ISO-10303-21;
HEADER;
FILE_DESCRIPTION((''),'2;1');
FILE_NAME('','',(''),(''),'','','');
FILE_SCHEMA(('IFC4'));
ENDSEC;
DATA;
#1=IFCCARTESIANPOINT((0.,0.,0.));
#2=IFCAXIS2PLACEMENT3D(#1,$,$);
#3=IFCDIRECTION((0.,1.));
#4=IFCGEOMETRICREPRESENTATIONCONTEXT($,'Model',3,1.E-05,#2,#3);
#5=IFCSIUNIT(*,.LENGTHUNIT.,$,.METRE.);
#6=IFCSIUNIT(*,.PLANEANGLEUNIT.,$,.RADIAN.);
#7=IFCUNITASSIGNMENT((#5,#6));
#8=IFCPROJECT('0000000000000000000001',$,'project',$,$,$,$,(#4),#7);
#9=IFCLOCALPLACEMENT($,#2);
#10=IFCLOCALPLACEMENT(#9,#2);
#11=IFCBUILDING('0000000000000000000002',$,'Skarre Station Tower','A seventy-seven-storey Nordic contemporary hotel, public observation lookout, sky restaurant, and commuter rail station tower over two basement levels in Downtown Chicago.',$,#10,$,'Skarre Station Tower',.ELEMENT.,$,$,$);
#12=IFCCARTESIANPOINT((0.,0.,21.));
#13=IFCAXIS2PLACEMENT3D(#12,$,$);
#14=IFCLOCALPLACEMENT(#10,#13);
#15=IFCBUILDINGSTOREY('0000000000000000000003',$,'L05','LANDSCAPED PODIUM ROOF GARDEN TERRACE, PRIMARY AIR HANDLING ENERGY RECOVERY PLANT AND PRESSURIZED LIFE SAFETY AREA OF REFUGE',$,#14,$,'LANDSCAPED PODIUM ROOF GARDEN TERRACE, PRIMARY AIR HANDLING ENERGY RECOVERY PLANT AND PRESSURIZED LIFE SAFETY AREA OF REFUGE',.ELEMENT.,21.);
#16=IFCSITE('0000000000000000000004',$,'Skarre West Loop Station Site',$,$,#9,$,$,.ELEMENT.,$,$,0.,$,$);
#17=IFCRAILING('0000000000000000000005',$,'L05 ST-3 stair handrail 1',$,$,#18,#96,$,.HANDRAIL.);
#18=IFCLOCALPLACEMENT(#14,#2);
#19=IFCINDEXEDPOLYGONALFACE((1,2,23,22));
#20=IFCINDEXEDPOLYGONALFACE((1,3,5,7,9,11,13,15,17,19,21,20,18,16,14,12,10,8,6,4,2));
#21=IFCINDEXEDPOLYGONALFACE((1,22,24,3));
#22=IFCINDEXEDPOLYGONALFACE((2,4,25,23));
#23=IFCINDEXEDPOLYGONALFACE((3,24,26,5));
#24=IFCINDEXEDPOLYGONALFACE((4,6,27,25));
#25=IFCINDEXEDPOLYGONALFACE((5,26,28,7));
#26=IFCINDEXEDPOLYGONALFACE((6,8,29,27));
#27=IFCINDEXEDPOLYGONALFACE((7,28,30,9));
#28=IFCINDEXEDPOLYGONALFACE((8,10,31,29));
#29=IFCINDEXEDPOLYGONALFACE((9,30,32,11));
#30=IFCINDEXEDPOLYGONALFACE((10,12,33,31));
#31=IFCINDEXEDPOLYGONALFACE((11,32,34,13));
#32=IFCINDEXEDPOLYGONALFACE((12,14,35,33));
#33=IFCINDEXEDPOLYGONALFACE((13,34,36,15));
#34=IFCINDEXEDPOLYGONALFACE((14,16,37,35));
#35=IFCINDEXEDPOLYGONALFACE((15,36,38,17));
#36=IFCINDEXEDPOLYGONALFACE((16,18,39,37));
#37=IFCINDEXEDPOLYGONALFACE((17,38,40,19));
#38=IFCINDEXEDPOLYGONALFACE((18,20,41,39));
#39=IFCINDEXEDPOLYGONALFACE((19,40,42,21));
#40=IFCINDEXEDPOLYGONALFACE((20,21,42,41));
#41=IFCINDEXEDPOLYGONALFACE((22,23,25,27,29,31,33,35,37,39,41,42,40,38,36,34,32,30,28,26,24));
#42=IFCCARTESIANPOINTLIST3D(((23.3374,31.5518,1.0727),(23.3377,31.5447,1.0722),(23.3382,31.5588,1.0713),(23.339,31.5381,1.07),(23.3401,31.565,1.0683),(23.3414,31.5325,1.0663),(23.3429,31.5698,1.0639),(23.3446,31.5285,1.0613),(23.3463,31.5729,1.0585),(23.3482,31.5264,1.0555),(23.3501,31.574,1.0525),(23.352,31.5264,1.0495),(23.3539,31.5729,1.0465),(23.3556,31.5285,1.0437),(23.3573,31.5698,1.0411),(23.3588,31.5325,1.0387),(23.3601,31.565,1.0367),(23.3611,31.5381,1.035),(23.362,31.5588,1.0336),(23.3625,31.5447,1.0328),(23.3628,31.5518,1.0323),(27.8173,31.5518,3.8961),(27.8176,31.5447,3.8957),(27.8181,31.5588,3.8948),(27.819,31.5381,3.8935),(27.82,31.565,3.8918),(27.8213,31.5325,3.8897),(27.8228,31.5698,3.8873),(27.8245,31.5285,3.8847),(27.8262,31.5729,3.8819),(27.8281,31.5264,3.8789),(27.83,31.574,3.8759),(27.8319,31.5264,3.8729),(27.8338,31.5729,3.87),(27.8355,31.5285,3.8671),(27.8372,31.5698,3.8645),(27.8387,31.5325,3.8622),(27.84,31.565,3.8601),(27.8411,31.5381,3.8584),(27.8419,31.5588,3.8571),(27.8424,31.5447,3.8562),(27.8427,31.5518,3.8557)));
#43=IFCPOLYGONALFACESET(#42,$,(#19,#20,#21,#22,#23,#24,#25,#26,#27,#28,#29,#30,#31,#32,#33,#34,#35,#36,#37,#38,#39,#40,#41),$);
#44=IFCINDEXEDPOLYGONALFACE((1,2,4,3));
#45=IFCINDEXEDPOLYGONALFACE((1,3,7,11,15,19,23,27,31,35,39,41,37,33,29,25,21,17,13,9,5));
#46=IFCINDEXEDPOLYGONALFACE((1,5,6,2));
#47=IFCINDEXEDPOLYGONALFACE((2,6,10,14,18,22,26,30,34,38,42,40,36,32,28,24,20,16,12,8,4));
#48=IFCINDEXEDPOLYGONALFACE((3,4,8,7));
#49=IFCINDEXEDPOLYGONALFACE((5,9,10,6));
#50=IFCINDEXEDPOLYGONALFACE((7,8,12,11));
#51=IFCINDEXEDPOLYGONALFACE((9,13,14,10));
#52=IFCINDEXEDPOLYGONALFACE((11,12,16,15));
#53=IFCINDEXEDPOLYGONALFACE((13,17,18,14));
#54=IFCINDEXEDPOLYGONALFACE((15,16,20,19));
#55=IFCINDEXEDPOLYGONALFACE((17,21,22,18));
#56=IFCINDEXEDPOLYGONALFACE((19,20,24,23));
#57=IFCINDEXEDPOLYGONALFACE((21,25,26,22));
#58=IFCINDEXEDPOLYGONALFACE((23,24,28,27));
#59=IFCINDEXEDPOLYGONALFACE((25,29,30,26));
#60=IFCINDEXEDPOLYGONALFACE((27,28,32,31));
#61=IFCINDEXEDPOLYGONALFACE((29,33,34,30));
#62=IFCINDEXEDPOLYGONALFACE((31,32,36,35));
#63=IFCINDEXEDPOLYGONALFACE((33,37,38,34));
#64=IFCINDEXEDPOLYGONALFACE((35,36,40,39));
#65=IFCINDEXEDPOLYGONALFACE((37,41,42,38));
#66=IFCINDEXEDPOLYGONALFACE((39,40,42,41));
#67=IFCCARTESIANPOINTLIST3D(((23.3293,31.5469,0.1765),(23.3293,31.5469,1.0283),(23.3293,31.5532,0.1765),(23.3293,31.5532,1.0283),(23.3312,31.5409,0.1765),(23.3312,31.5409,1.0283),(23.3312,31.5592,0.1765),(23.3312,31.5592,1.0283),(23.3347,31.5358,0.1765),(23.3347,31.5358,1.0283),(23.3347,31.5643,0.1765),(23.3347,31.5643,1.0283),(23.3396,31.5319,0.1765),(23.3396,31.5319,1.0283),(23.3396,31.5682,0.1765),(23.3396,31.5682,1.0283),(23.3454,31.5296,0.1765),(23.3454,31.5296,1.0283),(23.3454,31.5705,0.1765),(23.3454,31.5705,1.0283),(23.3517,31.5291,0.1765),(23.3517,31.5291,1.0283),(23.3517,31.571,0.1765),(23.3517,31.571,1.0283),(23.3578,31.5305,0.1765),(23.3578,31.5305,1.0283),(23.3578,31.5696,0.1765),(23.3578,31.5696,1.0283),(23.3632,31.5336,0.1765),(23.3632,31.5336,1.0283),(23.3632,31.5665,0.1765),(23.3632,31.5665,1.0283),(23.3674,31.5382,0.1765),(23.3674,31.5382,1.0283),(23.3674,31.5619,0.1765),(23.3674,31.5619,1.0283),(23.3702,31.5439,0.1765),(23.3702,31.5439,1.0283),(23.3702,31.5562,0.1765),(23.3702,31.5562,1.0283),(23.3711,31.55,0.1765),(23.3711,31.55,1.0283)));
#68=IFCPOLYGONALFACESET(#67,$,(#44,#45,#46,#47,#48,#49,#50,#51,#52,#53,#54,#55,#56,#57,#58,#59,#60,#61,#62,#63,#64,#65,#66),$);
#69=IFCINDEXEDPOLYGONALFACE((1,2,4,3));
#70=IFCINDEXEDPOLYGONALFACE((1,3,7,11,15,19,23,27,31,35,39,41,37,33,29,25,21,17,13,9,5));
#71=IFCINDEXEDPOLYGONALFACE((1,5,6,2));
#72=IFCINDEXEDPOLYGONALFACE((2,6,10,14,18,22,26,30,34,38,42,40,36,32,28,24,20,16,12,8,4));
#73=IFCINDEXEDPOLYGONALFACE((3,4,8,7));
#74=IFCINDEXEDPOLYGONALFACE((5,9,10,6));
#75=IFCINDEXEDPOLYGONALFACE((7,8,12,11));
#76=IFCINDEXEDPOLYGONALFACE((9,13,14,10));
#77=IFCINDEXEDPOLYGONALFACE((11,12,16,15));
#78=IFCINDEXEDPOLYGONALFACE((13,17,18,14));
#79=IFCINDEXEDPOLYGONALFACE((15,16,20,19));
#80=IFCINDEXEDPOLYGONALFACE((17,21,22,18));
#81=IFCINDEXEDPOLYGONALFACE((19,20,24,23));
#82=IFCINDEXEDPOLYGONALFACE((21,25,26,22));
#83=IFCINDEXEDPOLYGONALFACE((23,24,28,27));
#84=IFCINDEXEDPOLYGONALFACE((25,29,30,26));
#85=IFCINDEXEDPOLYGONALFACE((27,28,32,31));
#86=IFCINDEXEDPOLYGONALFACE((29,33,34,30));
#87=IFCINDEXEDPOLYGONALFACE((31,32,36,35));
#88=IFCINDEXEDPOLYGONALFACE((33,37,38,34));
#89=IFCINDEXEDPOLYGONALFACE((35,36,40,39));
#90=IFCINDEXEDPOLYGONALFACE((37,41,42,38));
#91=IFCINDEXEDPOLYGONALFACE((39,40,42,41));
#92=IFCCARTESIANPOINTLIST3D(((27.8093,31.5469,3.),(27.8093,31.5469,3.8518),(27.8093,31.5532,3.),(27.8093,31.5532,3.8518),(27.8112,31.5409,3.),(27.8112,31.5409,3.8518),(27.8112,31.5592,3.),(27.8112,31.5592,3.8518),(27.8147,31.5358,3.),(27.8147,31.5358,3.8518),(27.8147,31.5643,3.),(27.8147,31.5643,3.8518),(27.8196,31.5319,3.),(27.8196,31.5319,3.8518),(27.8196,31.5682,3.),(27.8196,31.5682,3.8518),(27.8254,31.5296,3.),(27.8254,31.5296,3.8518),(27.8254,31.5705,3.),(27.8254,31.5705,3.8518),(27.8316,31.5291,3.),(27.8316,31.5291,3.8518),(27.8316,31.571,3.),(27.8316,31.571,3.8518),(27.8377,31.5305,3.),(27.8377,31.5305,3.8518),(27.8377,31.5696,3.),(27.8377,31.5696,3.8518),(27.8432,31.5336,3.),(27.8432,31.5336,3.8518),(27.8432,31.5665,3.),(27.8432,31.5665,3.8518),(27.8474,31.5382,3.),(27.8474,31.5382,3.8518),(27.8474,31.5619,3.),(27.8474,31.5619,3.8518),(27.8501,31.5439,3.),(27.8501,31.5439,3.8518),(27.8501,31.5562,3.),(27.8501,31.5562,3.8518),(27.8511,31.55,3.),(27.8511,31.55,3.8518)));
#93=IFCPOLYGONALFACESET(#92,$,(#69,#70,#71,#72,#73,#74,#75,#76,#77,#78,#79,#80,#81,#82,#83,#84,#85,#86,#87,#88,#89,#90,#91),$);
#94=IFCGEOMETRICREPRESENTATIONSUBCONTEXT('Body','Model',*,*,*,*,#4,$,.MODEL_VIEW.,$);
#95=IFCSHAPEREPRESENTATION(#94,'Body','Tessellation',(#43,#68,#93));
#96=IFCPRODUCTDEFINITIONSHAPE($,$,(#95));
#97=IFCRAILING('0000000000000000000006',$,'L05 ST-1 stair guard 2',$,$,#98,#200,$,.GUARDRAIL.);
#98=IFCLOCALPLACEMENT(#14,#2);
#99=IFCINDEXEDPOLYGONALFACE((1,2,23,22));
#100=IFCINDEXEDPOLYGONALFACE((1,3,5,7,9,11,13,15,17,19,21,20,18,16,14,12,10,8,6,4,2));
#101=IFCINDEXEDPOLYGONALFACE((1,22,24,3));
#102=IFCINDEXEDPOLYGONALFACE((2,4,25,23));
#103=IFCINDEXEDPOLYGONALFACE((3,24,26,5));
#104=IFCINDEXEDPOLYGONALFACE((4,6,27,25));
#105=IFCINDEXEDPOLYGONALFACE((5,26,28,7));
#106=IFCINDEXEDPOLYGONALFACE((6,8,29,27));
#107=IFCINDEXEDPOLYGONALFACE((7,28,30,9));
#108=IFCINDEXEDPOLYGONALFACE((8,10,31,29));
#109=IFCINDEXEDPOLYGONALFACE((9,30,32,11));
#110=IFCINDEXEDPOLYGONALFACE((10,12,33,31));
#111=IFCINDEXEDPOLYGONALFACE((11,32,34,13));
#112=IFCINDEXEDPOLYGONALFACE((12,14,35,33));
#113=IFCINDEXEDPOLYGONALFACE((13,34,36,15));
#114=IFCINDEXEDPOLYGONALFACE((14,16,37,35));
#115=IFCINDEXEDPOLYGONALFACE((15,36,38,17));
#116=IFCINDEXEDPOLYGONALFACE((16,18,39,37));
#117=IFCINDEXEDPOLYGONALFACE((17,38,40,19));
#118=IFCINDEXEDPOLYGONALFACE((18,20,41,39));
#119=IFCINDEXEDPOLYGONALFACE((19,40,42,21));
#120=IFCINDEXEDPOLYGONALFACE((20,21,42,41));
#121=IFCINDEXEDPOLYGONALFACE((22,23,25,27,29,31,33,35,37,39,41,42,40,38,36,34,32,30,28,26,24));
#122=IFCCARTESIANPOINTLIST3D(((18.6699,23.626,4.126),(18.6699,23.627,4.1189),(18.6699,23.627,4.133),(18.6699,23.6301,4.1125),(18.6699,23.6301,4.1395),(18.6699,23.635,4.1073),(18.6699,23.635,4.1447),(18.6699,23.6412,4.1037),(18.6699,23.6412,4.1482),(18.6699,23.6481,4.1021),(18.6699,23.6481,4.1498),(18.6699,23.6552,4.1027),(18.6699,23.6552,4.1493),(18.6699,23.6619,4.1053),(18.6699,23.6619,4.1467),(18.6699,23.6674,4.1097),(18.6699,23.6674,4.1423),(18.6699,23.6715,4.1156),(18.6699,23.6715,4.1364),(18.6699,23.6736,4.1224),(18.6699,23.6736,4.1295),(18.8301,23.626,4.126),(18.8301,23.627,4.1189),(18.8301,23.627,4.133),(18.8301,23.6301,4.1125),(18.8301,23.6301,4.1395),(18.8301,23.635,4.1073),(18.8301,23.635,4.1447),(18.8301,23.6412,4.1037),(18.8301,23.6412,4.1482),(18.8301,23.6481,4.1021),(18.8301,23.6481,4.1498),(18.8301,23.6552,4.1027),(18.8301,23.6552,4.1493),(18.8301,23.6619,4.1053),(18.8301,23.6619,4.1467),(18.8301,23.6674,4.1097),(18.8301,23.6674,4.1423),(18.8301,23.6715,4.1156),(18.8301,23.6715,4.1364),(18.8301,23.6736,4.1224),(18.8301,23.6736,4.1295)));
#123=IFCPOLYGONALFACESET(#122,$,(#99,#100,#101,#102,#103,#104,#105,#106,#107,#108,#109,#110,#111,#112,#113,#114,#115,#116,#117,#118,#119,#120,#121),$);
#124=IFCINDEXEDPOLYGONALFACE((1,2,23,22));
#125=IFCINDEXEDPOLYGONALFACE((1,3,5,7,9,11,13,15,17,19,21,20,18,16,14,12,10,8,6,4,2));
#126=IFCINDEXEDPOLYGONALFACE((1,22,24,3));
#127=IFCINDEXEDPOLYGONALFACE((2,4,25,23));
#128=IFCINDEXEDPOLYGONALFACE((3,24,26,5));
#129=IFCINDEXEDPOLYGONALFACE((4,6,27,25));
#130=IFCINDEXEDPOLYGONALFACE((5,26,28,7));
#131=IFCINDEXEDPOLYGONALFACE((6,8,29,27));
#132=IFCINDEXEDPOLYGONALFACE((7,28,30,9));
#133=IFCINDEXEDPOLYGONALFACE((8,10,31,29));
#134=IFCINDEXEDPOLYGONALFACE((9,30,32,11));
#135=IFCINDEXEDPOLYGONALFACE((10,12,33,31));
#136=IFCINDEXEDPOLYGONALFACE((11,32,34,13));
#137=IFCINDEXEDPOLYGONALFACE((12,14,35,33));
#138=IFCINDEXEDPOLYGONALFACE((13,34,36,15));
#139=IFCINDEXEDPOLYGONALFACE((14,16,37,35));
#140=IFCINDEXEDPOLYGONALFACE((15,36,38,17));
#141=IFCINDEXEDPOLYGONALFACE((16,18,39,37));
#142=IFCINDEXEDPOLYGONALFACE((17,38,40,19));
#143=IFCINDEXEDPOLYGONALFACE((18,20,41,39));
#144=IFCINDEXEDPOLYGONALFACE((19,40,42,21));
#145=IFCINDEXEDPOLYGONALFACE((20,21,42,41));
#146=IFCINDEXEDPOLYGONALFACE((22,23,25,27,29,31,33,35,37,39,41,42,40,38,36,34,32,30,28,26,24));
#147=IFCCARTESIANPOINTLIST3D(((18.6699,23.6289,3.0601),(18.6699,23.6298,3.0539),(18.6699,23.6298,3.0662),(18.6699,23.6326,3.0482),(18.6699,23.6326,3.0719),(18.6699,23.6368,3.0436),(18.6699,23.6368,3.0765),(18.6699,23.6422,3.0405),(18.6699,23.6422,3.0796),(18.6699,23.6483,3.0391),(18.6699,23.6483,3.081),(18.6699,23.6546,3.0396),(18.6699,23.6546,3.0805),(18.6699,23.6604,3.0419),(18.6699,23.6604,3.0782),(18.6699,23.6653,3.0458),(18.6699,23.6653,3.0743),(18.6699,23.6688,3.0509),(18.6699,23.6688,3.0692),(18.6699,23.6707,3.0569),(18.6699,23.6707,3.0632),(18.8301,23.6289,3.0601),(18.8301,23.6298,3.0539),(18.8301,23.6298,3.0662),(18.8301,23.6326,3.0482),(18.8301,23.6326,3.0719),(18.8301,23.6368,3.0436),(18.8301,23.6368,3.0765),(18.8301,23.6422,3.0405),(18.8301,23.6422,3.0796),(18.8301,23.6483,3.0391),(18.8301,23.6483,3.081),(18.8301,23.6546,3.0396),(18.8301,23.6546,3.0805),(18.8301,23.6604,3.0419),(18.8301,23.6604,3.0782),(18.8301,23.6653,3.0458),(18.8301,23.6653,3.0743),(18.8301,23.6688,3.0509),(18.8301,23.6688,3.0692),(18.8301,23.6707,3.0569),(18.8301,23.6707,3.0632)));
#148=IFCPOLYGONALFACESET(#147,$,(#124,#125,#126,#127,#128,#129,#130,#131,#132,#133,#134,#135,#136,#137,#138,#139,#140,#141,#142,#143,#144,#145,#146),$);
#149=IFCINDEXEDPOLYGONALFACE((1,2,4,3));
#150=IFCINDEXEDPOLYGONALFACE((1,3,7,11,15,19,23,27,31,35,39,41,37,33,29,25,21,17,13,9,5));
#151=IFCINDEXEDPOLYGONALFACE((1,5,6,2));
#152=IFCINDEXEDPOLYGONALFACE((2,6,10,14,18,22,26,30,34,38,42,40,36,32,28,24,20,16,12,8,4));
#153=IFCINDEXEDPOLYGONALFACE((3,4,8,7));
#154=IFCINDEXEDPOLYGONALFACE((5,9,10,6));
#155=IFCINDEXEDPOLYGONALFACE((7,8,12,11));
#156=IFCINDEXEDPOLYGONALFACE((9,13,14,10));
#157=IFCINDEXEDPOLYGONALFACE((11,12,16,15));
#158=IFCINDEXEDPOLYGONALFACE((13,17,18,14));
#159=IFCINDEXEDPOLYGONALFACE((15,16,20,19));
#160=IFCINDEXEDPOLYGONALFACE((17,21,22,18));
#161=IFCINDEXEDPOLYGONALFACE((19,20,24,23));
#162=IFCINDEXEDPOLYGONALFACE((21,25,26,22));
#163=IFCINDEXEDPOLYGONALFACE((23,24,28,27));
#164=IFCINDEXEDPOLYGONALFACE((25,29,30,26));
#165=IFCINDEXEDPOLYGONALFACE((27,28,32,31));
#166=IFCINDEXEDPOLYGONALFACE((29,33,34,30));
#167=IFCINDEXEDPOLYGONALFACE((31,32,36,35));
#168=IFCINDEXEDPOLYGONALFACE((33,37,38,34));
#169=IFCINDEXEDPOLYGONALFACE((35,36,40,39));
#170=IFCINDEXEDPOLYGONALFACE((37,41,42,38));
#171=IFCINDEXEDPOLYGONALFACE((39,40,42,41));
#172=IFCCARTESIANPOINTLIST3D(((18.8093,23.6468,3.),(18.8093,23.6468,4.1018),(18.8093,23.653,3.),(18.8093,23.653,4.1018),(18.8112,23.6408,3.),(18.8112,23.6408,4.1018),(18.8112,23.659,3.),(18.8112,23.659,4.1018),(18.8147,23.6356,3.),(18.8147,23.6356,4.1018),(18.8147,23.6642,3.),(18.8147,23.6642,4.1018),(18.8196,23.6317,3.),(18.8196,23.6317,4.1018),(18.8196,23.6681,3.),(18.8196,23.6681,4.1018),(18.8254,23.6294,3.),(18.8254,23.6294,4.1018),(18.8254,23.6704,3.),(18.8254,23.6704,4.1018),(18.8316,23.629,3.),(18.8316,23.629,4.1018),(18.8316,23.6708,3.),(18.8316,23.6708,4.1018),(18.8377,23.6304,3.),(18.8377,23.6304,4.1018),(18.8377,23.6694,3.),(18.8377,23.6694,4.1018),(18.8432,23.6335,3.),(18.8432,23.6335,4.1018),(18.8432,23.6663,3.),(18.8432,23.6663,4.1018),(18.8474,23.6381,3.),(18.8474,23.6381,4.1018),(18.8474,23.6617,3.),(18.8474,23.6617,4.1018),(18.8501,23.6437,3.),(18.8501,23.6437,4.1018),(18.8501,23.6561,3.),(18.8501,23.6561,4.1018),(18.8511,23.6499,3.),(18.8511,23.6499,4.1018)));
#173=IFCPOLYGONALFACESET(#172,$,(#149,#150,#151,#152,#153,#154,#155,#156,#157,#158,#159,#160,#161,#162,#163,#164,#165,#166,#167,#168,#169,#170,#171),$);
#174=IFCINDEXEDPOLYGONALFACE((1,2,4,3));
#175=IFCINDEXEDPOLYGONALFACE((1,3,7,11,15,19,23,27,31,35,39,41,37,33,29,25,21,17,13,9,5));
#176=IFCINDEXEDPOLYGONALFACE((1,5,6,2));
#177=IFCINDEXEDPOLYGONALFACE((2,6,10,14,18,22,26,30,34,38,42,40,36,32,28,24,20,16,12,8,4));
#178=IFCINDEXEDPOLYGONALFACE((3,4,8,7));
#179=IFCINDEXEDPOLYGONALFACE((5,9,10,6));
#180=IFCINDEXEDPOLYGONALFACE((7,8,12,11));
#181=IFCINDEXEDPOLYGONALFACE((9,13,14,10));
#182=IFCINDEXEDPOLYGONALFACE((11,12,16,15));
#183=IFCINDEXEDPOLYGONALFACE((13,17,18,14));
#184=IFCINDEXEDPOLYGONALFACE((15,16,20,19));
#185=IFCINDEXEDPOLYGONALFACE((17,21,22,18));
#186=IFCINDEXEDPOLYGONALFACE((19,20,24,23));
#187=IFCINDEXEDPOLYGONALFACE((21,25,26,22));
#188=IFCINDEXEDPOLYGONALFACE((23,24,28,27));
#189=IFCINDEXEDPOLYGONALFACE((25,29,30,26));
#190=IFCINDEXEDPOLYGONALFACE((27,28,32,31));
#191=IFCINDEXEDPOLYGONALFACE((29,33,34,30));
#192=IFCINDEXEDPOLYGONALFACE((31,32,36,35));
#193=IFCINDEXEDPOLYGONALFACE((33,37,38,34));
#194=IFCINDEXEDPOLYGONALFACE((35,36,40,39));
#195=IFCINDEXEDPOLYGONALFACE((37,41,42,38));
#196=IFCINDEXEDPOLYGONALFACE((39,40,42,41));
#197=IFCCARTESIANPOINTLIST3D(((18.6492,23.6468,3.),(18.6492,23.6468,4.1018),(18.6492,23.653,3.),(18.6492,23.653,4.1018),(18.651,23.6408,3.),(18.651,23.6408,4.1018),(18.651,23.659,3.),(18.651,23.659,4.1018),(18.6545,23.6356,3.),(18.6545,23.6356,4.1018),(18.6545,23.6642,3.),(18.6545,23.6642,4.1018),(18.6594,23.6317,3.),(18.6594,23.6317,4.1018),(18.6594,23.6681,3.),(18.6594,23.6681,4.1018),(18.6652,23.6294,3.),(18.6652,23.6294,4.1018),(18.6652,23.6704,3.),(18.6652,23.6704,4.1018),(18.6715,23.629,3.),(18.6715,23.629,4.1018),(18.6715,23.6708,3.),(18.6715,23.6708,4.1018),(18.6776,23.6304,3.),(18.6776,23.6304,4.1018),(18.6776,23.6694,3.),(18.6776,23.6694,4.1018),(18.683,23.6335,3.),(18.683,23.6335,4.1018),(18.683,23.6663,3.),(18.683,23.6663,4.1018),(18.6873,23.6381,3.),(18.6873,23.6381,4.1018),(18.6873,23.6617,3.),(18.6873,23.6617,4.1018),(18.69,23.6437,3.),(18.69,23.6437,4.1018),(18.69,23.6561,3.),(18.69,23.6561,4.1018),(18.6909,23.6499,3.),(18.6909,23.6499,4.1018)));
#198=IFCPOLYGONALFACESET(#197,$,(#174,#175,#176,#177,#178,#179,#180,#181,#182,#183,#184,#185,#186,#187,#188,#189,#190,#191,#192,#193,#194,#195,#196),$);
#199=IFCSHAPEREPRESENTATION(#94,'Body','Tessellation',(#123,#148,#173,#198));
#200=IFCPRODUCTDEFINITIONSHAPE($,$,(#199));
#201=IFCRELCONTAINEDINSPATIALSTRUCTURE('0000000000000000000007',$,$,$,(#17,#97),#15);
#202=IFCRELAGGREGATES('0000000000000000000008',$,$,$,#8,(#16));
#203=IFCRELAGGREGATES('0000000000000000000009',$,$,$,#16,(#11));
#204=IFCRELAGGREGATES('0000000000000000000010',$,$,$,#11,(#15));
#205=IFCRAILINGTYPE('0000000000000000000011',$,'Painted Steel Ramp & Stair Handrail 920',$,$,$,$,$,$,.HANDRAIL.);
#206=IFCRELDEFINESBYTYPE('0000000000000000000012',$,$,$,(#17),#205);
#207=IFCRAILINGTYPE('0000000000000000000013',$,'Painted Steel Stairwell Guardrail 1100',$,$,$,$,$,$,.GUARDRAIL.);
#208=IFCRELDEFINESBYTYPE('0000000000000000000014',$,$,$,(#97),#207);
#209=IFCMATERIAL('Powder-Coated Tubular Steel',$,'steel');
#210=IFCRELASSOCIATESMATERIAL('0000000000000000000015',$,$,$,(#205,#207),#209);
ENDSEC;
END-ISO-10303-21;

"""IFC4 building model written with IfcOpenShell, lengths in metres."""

from ifc_helpers import new_model, si_unit, direction, frame, origin, origin_2d, place, context, subcontext, project, spatial, circle, extrude, material, type_object, element, save


model = new_model("IFC4")

# Units and contexts
model_context = context("Model", 3, precision=1e-05, world=origin(), true_north=direction((0.0, 1.0)))
body_context = subcontext(model_context, "Body", "Model", "MODEL_VIEW")
ifc_project = project(units=[si_unit("LENGTHUNIT", "METRE"), si_unit("PLANEANGLEUNIT", "RADIAN")], contexts=[model_context])

# Site, building, storey
site_placement = place(None, origin())
site = spatial("IfcSite", under=ifc_project, at=site_placement, Name="Skarre West Loop Station Site", CompositionType="ELEMENT", RefElevation=0.0)
building_placement = place(site_placement, origin())
building = spatial("IfcBuilding", under=site, at=building_placement, Name="Skarre Station Tower", Description="A seventy-seven-storey Nordic contemporary hotel, public observation lookout, sky restaurant, and commuter rail station tower over two basement levels in Downtown Chicago.", LongName="Skarre Station Tower", CompositionType="ELEMENT")
storey_placement = place(building_placement, frame((0.0, 0.0, 21.0)))
storey = spatial("IfcBuildingStorey", under=building, at=storey_placement, Name="L05", Description="LANDSCAPED PODIUM ROOF GARDEN TERRACE, PRIMARY AIR HANDLING ENERGY RECOVERY PLANT AND PRESSURIZED LIFE SAFETY AREA OF REFUGE", LongName="LANDSCAPED PODIUM ROOF GARDEN TERRACE, PRIMARY AIR HANDLING ENERGY RECOVERY PLANT AND PRESSURIZED LIFE SAFETY AREA OF REFUGE", CompositionType="ELEMENT", Elevation=21.0)

# Railings
ifc_material_1 = material(Name="Powder-Coated Tubular Steel", Category="steel")
railing_type_1 = type_object("IfcRailingType", Name="Painted Steel Ramp & Stair Handrail 920", PredefinedType="HANDRAIL", material=ifc_material_1)
railing_1_placement = place(storey_placement, frame((23.3501, 31.55, 0.1765)))
element("IfcRailing", 1, at=railing_1_placement, inside=storey, type_object=railing_type_1, Name="L05 ST-3 stair handrail 1", PredefinedType="HANDRAIL", context=body_context, shape_type="SweptSolid", body=[
    extrude(circle(Radius=0.0239, at=origin_2d()), frame((0.0, 0.0, 0.876), z_axis=(0.845998, 0.0, 0.533186), x_axis=(0.0, 1.0, 0.0)), (0.0, 0.0, 1.0), 5.2954),
    extrude(circle(Radius=0.021, at=origin_2d()), origin(), (0.0, 0.0, 1.0), 0.8518),
    extrude(circle(Radius=0.021, at=origin_2d()), frame((4.48, 0.0, 2.8235)), (0.0, 0.0, 1.0), 0.8518),
])
railing_type_2 = type_object("IfcRailingType", Name="Painted Steel Stairwell Guardrail 1100", PredefinedType="GUARDRAIL", material=ifc_material_1)
railing_2_placement = place(storey_placement, frame((18.8301, 23.6499, 3.0)))
element("IfcRailing", 2, at=railing_2_placement, inside=storey, type_object=railing_type_2, Name="L05 ST-1 stair guard 2", PredefinedType="GUARDRAIL", context=body_context, shape_type="SweptSolid", body=[
    extrude(circle(Radius=0.0239, at=origin_2d()), frame((0.0, 0.0, 1.126), z_axis=(-1.0, 0.0, 0.0), x_axis=(0.0, -1.0, 0.0)), (0.0, 0.0, 1.0), 0.1602),
    extrude(circle(Radius=0.021, at=origin_2d()), frame((0.0, 0.0, 0.0601), z_axis=(-1.0, 0.0, 0.0), x_axis=(0.0, -1.0, 0.0)), (0.0, 0.0, 1.0), 0.1602),
    extrude(circle(Radius=0.021, at=origin_2d()), origin(), (0.0, 0.0, 1.0), 1.1018),
    extrude(circle(Radius=0.021, at=origin_2d()), frame((-0.1602, 0.0, 0.0)), (0.0, 0.0, 1.0), 1.1018),
])

save(model, "model.ifc")
